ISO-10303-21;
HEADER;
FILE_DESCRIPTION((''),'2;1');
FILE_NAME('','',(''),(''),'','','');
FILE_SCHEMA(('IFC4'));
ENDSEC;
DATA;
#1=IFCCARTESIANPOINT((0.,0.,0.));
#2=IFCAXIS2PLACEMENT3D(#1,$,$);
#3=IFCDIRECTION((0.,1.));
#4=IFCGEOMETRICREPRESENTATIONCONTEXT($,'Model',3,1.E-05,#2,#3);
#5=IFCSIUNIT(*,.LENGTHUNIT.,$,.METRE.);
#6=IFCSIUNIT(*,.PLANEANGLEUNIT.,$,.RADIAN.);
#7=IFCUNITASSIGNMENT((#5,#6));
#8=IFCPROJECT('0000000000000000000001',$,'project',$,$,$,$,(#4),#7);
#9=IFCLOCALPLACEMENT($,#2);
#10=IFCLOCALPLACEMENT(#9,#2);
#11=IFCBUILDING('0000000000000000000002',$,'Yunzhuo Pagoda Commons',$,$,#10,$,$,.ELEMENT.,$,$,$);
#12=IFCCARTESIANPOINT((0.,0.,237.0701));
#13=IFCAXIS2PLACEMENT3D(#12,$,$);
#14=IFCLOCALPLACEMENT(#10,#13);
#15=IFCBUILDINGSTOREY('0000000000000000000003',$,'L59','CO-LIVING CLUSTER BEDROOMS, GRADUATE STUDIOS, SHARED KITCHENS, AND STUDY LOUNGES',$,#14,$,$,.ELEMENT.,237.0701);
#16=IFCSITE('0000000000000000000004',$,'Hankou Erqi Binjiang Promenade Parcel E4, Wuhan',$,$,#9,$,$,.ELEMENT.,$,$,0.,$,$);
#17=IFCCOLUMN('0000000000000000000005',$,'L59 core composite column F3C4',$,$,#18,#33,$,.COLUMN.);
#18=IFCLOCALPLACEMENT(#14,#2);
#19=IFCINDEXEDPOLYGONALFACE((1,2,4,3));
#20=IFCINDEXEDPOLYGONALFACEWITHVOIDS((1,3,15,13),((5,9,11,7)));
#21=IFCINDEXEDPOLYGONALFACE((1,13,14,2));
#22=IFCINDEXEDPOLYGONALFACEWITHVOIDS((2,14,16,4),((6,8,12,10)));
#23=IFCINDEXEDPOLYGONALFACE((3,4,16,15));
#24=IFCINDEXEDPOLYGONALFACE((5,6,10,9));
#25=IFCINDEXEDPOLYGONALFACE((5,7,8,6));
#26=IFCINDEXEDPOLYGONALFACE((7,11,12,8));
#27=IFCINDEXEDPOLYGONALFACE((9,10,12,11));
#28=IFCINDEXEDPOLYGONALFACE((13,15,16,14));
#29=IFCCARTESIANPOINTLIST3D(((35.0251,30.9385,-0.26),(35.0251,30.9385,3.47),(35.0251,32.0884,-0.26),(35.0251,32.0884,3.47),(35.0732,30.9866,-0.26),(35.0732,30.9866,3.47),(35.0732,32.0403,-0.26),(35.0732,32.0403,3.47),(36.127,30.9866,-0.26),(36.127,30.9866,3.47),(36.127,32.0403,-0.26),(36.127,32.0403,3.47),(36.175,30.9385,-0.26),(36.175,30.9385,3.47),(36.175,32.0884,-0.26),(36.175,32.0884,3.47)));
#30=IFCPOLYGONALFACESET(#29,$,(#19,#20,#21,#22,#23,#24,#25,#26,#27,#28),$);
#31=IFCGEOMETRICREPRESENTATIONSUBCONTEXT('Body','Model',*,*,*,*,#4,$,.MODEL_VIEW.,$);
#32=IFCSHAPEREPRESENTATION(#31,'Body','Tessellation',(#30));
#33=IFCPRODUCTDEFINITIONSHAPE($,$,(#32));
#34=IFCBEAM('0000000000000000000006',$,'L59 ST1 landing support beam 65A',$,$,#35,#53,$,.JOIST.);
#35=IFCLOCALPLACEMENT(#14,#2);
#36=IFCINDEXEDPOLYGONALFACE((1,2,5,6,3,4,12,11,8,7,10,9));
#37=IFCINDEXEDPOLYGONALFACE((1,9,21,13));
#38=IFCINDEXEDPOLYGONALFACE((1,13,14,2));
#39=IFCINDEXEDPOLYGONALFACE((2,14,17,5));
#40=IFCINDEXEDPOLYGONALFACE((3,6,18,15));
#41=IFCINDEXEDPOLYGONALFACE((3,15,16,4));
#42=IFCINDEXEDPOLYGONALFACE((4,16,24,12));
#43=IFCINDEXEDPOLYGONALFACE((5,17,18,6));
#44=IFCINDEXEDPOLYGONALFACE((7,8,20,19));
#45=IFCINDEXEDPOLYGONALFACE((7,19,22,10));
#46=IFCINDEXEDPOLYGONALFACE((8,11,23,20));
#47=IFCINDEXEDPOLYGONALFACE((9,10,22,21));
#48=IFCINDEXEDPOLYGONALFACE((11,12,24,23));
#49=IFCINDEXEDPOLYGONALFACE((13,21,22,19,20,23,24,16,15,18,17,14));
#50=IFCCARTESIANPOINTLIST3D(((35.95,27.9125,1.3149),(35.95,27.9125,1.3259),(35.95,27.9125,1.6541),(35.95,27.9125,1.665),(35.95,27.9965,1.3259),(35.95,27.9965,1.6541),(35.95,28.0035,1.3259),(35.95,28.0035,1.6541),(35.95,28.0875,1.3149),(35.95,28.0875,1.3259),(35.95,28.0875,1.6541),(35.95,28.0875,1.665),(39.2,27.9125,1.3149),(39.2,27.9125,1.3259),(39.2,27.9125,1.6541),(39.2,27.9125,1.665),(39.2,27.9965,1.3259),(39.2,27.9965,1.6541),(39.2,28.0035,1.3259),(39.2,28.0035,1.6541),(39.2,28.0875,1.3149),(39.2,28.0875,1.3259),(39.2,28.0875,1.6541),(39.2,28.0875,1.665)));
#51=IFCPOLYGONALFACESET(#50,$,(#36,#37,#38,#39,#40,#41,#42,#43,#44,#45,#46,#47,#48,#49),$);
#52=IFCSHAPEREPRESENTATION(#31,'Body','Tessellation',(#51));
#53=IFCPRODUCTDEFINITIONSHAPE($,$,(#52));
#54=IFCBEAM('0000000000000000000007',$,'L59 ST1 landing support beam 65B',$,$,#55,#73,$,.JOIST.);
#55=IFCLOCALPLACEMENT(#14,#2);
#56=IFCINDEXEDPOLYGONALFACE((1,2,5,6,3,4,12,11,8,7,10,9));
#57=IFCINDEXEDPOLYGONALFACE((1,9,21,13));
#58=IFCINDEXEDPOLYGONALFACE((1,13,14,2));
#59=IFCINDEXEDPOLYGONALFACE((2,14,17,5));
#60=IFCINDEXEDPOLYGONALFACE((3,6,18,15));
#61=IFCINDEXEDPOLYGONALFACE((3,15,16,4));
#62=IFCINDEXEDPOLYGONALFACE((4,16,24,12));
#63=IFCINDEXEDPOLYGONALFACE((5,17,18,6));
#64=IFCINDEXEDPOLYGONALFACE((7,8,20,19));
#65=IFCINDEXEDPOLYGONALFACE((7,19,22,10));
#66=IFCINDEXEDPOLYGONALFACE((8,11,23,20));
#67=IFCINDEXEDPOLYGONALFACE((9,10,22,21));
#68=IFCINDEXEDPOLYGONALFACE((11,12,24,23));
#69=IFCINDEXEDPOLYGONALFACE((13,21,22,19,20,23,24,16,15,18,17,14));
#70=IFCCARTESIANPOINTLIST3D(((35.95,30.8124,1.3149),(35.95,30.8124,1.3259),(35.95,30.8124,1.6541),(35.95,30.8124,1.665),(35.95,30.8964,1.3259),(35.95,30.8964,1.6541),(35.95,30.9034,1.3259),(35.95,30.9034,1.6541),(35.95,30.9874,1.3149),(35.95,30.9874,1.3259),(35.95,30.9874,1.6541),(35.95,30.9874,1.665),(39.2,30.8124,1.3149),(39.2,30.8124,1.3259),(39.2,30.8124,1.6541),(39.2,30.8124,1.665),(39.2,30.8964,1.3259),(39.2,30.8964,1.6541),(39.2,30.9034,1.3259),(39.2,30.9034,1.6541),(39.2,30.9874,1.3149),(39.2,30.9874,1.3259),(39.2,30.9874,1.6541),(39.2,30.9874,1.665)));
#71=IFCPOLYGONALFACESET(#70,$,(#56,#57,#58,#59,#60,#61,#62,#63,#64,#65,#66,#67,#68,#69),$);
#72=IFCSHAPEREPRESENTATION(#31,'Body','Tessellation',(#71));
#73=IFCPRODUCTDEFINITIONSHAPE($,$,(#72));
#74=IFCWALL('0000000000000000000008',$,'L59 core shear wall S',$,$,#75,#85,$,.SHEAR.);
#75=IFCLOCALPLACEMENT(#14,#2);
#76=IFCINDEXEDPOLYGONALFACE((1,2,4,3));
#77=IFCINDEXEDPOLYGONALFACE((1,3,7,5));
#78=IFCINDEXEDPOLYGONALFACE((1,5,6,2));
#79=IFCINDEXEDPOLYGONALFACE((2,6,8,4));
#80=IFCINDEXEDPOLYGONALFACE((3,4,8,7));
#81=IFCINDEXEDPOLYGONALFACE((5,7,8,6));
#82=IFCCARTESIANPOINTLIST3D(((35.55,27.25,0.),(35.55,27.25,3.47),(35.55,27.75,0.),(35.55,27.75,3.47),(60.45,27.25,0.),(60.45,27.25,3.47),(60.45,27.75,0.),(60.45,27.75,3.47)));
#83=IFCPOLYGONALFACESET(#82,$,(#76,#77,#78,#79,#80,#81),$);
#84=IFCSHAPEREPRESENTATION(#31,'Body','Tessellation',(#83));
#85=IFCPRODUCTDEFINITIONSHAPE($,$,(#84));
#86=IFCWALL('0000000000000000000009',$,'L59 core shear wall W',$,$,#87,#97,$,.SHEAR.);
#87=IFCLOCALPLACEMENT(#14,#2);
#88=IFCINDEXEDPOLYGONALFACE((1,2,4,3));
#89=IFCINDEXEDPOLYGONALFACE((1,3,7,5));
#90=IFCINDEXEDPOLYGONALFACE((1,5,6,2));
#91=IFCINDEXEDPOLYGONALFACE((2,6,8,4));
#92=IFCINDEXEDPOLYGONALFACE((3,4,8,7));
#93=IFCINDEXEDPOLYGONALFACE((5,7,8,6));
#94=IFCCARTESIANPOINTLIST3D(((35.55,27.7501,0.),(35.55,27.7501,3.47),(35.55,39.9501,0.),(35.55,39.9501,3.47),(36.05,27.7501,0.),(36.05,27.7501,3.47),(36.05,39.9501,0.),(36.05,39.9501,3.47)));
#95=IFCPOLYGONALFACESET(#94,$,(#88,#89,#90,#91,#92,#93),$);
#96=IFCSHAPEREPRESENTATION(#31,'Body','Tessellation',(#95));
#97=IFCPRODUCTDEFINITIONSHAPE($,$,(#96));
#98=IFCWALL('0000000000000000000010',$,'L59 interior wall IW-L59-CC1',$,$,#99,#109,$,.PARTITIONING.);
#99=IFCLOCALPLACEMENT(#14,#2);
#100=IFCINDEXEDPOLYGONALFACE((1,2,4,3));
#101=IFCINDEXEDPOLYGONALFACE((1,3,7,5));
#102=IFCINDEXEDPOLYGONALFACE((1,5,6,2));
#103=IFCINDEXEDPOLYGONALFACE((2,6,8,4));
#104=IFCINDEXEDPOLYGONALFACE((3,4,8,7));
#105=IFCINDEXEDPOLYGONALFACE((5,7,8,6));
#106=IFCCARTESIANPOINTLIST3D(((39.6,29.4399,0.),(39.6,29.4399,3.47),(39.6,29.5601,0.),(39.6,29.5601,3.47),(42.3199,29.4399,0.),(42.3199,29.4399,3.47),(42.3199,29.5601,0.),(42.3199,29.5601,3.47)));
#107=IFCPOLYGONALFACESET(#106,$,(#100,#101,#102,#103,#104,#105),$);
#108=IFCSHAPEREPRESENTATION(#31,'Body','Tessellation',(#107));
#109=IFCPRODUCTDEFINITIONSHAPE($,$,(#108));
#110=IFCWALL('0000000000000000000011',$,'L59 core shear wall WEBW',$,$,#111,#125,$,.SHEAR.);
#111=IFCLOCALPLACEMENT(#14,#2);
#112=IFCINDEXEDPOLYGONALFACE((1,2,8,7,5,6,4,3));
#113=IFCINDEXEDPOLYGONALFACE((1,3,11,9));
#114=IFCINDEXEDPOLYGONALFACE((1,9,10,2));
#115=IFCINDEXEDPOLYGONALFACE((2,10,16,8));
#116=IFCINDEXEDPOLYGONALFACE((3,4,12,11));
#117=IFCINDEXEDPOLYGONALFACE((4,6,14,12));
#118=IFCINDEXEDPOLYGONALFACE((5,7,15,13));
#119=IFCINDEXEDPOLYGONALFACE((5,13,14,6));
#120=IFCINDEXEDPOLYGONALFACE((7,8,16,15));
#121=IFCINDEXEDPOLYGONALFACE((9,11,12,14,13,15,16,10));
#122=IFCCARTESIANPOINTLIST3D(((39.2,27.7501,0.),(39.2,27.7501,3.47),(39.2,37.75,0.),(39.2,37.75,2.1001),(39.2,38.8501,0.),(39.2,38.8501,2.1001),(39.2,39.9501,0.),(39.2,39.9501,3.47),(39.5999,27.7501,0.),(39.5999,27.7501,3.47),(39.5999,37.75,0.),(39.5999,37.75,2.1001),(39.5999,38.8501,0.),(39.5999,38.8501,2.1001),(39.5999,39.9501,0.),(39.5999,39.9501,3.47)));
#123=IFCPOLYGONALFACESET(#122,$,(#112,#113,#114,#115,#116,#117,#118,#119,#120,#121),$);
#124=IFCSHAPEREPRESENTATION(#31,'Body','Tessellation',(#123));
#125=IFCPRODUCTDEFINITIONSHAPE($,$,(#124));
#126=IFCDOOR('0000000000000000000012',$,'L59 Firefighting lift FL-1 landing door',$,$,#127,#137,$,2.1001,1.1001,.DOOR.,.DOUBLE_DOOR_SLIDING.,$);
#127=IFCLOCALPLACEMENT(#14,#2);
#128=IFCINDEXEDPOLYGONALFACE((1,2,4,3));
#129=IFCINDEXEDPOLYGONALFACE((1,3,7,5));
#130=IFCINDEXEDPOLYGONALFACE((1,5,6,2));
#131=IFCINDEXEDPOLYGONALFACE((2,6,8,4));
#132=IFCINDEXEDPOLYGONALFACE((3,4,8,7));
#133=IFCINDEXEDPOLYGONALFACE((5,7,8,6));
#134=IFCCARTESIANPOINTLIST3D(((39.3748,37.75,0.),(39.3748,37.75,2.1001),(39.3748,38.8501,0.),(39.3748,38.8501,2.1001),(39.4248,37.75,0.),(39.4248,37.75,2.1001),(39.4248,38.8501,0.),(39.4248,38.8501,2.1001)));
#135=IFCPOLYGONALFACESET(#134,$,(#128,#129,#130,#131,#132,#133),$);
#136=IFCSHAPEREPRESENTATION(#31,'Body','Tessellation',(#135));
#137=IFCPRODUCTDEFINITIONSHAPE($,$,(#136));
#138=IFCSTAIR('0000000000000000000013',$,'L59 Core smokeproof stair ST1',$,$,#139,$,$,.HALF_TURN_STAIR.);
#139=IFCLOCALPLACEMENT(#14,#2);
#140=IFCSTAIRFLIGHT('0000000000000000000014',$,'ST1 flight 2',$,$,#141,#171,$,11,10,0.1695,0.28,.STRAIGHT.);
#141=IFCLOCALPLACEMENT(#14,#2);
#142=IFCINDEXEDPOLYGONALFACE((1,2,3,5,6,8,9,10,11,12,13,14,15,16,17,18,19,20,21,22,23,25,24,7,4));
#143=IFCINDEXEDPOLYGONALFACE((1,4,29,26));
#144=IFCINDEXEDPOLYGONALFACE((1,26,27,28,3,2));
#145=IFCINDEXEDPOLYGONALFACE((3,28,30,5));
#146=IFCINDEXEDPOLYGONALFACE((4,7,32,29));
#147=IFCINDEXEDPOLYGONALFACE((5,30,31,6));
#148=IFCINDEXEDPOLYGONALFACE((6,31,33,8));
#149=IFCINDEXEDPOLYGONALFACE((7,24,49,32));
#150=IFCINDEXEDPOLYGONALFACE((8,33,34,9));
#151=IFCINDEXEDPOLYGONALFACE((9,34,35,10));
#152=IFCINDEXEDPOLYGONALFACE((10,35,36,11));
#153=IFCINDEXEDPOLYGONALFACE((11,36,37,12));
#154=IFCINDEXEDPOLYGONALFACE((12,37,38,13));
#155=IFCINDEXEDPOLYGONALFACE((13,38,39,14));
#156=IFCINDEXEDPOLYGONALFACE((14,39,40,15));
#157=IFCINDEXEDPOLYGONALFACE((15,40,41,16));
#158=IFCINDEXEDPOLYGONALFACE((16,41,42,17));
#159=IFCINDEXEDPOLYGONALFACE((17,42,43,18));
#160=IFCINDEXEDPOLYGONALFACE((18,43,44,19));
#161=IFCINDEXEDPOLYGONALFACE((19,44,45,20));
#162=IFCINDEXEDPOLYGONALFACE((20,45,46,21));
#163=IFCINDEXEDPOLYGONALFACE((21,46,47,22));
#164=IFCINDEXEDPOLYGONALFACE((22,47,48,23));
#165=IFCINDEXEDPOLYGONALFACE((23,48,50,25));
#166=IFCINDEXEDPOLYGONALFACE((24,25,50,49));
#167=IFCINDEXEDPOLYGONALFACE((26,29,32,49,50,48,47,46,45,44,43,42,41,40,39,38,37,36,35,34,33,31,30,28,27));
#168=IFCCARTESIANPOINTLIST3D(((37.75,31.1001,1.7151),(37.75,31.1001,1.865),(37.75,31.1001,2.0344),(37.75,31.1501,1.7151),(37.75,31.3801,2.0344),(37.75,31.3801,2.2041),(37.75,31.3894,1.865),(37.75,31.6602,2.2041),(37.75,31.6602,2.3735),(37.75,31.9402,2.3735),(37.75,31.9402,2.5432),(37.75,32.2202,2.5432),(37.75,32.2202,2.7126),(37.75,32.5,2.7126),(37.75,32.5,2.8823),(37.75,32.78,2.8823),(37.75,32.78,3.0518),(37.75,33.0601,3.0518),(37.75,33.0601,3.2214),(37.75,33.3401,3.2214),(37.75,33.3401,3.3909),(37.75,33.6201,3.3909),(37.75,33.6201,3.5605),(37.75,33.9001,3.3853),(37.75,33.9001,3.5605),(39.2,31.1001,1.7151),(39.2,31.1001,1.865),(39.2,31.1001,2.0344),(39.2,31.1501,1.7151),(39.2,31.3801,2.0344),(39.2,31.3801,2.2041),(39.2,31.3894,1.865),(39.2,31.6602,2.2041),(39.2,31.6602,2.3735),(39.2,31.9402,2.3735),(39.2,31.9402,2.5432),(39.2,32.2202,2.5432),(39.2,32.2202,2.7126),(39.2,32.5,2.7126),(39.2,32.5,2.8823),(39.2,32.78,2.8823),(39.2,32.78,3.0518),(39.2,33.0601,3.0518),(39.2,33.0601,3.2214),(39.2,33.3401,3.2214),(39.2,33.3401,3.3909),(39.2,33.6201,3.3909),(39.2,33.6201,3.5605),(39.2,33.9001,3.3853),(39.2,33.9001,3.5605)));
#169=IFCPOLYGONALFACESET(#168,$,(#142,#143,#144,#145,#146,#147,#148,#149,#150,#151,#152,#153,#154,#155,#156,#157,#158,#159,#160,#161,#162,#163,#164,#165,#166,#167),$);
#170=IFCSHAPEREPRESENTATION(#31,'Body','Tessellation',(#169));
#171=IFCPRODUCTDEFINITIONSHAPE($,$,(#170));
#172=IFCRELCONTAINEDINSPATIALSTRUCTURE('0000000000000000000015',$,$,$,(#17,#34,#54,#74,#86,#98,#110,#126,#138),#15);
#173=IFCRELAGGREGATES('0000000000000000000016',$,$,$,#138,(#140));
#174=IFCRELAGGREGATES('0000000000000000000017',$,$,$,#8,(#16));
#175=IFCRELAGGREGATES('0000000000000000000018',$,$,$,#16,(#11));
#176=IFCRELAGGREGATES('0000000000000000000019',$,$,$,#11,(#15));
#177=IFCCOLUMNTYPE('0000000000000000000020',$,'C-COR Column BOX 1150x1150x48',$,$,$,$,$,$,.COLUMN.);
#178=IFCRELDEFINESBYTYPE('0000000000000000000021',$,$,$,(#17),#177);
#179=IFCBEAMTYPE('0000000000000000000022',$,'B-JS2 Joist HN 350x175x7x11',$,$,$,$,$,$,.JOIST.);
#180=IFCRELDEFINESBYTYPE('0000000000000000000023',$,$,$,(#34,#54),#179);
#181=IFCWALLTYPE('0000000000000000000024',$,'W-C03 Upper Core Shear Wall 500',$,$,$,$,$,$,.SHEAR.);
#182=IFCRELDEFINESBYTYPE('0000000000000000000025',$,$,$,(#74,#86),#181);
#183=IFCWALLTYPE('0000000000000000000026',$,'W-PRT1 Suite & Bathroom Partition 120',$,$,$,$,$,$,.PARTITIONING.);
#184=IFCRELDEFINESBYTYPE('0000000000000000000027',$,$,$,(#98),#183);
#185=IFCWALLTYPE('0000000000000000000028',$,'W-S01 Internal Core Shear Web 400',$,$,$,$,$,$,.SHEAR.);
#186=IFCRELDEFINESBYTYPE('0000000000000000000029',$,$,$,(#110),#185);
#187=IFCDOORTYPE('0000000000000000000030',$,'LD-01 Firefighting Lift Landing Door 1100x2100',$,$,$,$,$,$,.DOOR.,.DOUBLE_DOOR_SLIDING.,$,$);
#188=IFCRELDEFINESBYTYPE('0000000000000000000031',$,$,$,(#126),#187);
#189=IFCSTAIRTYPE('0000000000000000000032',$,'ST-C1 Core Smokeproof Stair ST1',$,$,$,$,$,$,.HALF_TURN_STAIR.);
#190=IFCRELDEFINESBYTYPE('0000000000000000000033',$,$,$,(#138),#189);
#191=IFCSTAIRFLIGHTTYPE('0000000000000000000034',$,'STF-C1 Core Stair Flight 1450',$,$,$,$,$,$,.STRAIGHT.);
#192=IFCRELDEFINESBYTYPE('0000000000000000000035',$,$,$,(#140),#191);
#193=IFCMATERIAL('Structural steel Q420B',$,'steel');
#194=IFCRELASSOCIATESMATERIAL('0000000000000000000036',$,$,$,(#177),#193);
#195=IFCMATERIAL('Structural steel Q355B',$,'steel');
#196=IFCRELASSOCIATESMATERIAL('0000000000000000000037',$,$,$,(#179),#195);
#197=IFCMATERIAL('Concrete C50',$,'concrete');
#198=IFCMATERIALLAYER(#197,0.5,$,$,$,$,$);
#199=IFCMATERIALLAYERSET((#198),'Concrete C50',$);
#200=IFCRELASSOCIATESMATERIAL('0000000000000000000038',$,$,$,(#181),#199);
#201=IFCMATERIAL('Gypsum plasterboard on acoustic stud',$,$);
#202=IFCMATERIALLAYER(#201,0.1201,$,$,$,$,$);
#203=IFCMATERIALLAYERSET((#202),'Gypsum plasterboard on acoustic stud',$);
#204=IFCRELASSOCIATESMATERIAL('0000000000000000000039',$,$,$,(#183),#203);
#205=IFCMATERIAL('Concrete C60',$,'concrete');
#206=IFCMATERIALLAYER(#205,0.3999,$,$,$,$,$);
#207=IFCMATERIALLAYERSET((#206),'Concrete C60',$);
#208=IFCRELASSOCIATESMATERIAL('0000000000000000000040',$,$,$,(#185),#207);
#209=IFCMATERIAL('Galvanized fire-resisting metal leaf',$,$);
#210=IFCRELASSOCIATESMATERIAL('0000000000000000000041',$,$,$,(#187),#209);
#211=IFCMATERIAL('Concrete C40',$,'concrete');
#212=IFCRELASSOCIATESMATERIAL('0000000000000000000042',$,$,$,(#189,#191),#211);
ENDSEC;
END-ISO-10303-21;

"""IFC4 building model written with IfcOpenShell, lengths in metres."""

from ifc_helpers import new_model, si_unit, direction, frame, frame_2d, origin, origin_2d, place, context, subcontext, project, spatial, polyline, rectangle, hollow_rectangle, i_section, outline, extrude, source, transform, mapped, material, layer, layer_set, material_profile, profile_set, type_object, element, fill, aggregate, save


model = new_model("IFC4")

# Units and contexts
model_context = context("Model", 3, precision=1e-05, world=origin(), true_north=direction((0.0, 1.0)))
body_context = subcontext(model_context, "Body", "Model", "MODEL_VIEW")
ifc_project = project(units=[si_unit("LENGTHUNIT", "METRE"), si_unit("PLANEANGLEUNIT", "RADIAN")], contexts=[model_context])

# Site, building, storey
site_placement = place(None, origin())
site = spatial("IfcSite", under=ifc_project, at=site_placement, Name="Hankou Erqi Binjiang Promenade Parcel E4, Wuhan", CompositionType="ELEMENT", RefElevation=0.0)
building_placement = place(site_placement, origin())
building = spatial("IfcBuilding", under=site, at=building_placement, Name="Yunzhuo Pagoda Commons", CompositionType="ELEMENT")
storey_placement = place(building_placement, frame((0.0, 0.0, 237.0701)))
storey = spatial("IfcBuildingStorey", under=building, at=storey_placement, Name="L59", Description="CO-LIVING CLUSTER BEDROOMS, GRADUATE STUDIOS, SHARED KITCHENS, AND STUDY LOUNGES", CompositionType="ELEMENT", Elevation=237.0701)

# Column
ifc_material_1 = material(Name="Structural steel Q420B", Category="steel")
ifc_material_profile_1 = material_profile(ifc_material_1, hollow_rectangle(XDim=1.1499, YDim=1.1499, WallThickness=0.0481, at=origin_2d()), Name="Structural steel Q420B")
ifc_profile_set_1 = profile_set([ifc_material_profile_1], Name="Structural steel Q420B")
column_type = type_object("IfcColumnType", Name="C-COR Column BOX 1150x1150x48", PredefinedType="COLUMN", material=ifc_profile_set_1)
shared_shape_1 = source(origin(), body_context, "Body", "SweptSolid", [
    extrude(hollow_rectangle(XDim=1.1499, YDim=1.1499, WallThickness=0.0481, at=origin_2d()), origin(), (0.0, 0.0, 1.0), 3.73),
])
column_placement = place(storey_placement, frame((35.6001, 31.5134, -0.26), z_axis=(0.0, 0.0, 1.0), x_axis=(1.0, 0.0, 0.0)))
element("IfcColumn", 1, at=column_placement, inside=storey, type_object=column_type, Name="L59 core composite column F3C4", PredefinedType="COLUMN", context=body_context, shape_type="MappedRepresentation", body=[
    mapped(shared_shape_1, transform((0.0, 0.0, 0.0), scale=1.0)),
])

# Beams
ifc_material_2 = material(Name="Structural steel Q355B", Category="steel")
ifc_material_profile_2 = material_profile(ifc_material_2, i_section(OverallWidth=0.175, OverallDepth=0.3501, WebThickness=0.0071, FlangeThickness=0.011, at=origin_2d()), Name="Structural steel Q355B")
ifc_profile_set_2 = profile_set([ifc_material_profile_2], Name="Structural steel Q355B")
beam_type = type_object("IfcBeamType", Name="B-JS2 Joist HN 350x175x7x11", PredefinedType="JOIST", material=ifc_profile_set_2)
shared_shape_2 = source(origin(), body_context, "Body", "SweptSolid", [
    extrude(i_section(OverallWidth=0.175, OverallDepth=0.3501, WebThickness=0.0071, FlangeThickness=0.011, at=origin_2d()), origin(), (0.0, 0.0, 1.0), 3.25),
])
for number, where, z_axis, x_axis, name in (
    (2, (35.95, 28.0, 1.49), (1.0, 0.0, 0.0), (0.0, 1.0, 0.0), "L59 ST1 landing support beam 65A"),
    (3, (35.95, 30.8999, 1.49), (1.0, 0.0, 0.0), (0.0, 1.0, 0.0), "L59 ST1 landing support beam 65B"),
):
    element("IfcBeam", number, at=place(storey_placement, frame(where, z_axis=z_axis, x_axis=x_axis)), inside=storey, type_object=beam_type, Name=name, PredefinedType="JOIST", context=body_context, shape_type="MappedRepresentation", body=[
        mapped(shared_shape_2, transform((0.0, 0.0, 0.0), scale=1.0)),
    ])

# Walls
ifc_material_3 = material(Name="Concrete C50", Category="concrete")
ifc_layer_1 = layer(ifc_material_3, 0.5)
ifc_layer_set_1 = layer_set([ifc_layer_1], Name="Concrete C50")
wall_type_1 = type_object("IfcWallType", Name="W-C03 Upper Core Shear Wall 500", PredefinedType="SHEAR", material=ifc_layer_set_1)
wall_1_placement = place(storey_placement, frame((35.55, 27.5, 0.0), z_axis=(0.0, 0.0, 1.0), x_axis=(1.0, 0.0, 0.0)))
element("IfcWall", 4, at=wall_1_placement, inside=storey, type_object=wall_type_1, Name="L59 core shear wall S", PredefinedType="SHEAR", context=body_context, shape_type="SweptSolid", body=[
    extrude(rectangle(XDim=24.8999, YDim=0.5, at=frame_2d((12.45, 0.0))), origin(), (0.0, 0.0, 1.0), 3.47),
])
wall_2_placement = place(storey_placement, frame((35.8, 27.75, 0.0), z_axis=(0.0, 0.0, 1.0), x_axis=(0.0, 1.0, 0.0)))
element("IfcWall", 5, at=wall_2_placement, inside=storey, type_object=wall_type_1, Name="L59 core shear wall W", PredefinedType="SHEAR", context=body_context, shape_type="SweptSolid", body=[
    extrude(rectangle(XDim=12.2, YDim=0.5, at=frame_2d((6.1001, 0.0))), origin(), (0.0, 0.0, 1.0), 3.47),
])
ifc_material_4 = material(Name="Gypsum plasterboard on acoustic stud")
ifc_layer_2 = layer(ifc_material_4, 0.1201)
ifc_layer_set_2 = layer_set([ifc_layer_2], Name="Gypsum plasterboard on acoustic stud")
wall_type_2 = type_object("IfcWallType", Name="W-PRT1 Suite & Bathroom Partition 120", PredefinedType="PARTITIONING", material=ifc_layer_set_2)
wall_3_placement = place(storey_placement, frame((39.6001, 29.5, 0.0), z_axis=(0.0, 0.0, 1.0), x_axis=(1.0, 0.0, 0.0)))
element("IfcWall", 6, at=wall_3_placement, inside=storey, type_object=wall_type_2, Name="L59 interior wall IW-L59-CC1", PredefinedType="PARTITIONING", context=body_context, shape_type="SweptSolid", body=[
    extrude(rectangle(XDim=2.72, YDim=0.1201, at=frame_2d((1.3599, 0.0))), origin(), (0.0, 0.0, 1.0), 3.47),
])

# Wall, opening, door
ifc_material_5 = material(Name="Concrete C60", Category="concrete")
ifc_layer_3 = layer(ifc_material_5, 0.3999)
ifc_layer_set_3 = layer_set([ifc_layer_3], Name="Concrete C60")
wall_type_3 = type_object("IfcWallType", Name="W-S01 Internal Core Shear Web 400", PredefinedType="SHEAR", material=ifc_layer_set_3)
wall_4_placement = place(storey_placement, frame((39.3999, 27.75, 0.0), z_axis=(0.0, 0.0, 1.0), x_axis=(0.0, 1.0, 0.0)))
wall_4 = element("IfcWall", 7, at=wall_4_placement, inside=storey, type_object=wall_type_3, Name="L59 core shear wall WEBW", PredefinedType="SHEAR", context=body_context, shape_type="SweptSolid", body=[
    extrude(rectangle(XDim=12.2, YDim=0.3999, at=frame_2d((6.1001, 0.0))), origin(), (0.0, 0.0, 1.0), 3.47),
])
opening_placement = place(wall_4_placement, frame((10.0, 0.0, 0.0)))
opening = element("IfcOpeningElement", 8, at=opening_placement, cuts=wall_4, PredefinedType="OPENING", context=body_context, shape_type="SweptSolid", body=[
    extrude(rectangle(XDim=1.1001, YDim=2.1001, at=frame_2d((0.55, 1.05))), frame((0.0, 0.21, 0.0), z_axis=(0.0, -1.0, 0.0), x_axis=(1.0, 0.0, 0.0)), (0.0, 0.0, 1.0), 0.4199),
])
ifc_material_6 = material(Name="Galvanized fire-resisting metal leaf")
door_type = type_object("IfcDoorType", Name="LD-01 Firefighting Lift Landing Door 1100x2100", OperationType="DOUBLE_DOOR_SLIDING", PredefinedType="DOOR", material=ifc_material_6)
shared_shape_3 = source(origin(), body_context, "Body", "SweptSolid", [
    extrude(rectangle(XDim=1.1001, YDim=2.1001, at=frame_2d((0.55, 1.05))), frame((0.0, 0.0249, 0.0), z_axis=(0.0, -1.0, 0.0), x_axis=(1.0, 0.0, 0.0)), (0.0, 0.0, 1.0), 0.05),
])
door_placement = place(opening_placement, frame((1.1001, 0.0, 0.0), z_axis=(0.0, 0.0, 1.0), x_axis=(-1.0, 0.0, 0.0)))
door = element("IfcDoor", 9, at=door_placement, inside=storey, type_object=door_type, Name="L59 Firefighting lift FL-1 landing door", OperationType="DOUBLE_DOOR_SLIDING", OverallHeight=2.1001, OverallWidth=1.1001, PredefinedType="DOOR", context=body_context, shape_type="MappedRepresentation", body=[
    mapped(shared_shape_3, transform((0.0, 0.0, 0.0), scale=1.0)),
])
fill(opening, door)

# Stair, stair flight
ifc_material_7 = material(Name="Concrete C40", Category="concrete")
stair_type = type_object("IfcStairType", Name="ST-C1 Core Smokeproof Stair ST1", PredefinedType="HALF_TURN_STAIR", material=ifc_material_7)
stair_placement = place(storey_placement, origin())
stair = element("IfcStair", 10, at=stair_placement, inside=storey, type_object=stair_type, Name="L59 Core smokeproof stair ST1", PredefinedType="HALF_TURN_STAIR")
stair_flight_type = type_object("IfcStairFlightType", Name="STF-C1 Core Stair Flight 1450", PredefinedType="STRAIGHT", material=ifc_material_7)
shared_shape_4 = source(origin(), body_context, "Body", "SweptSolid", [
    extrude(outline(polyline([(0.0, -0.1499), (0.0, 0.0), (0.0, 0.1694), (0.28, 0.1694), (0.28, 0.3391), (0.5601, 0.3391), (0.5601, 0.5085), (0.8401, 0.5085), (0.8401, 0.6782), (1.1201, 0.6782), (1.1201, 0.8477), (1.3999, 0.8477), (1.3999, 1.0173), (1.6799, 1.0173), (1.6799, 1.1868), (1.96, 1.1868), (1.96, 1.3564), (2.24, 1.3564), (2.24, 1.5259), (2.52, 1.5259), (2.52, 1.6956), (2.8, 1.6956), (2.8, 1.865), (2.8, 1.5203), (0.2893, 0.0), (0.05, -0.1499), (0.0, -0.1499)])), frame((0.0, 0.7251, 0.0), z_axis=(0.0, -1.0, 0.0), x_axis=(1.0, 0.0, 0.0)), (0.0, 0.0, 1.0), 1.45),
])
stair_flight_placement = place(storey_placement, frame((38.4751, 31.1001, 1.865), z_axis=(0.0, 0.0, 1.0), x_axis=(0.0, 1.0, 0.0)))
stair_flight = element("IfcStairFlight", 11, at=stair_flight_placement, type_object=stair_flight_type, Name="ST1 flight 2", NumberOfRisers=11, NumberOfTreads=10, PredefinedType="STRAIGHT", RiserHeight=0.1695, TreadLength=0.28, context=body_context, shape_type="MappedRepresentation", body=[
    mapped(shared_shape_4, transform((0.0, 0.0, 0.0), scale=1.0)),
])
aggregate(stair, [stair_flight])

save(model, "model.ifc")
